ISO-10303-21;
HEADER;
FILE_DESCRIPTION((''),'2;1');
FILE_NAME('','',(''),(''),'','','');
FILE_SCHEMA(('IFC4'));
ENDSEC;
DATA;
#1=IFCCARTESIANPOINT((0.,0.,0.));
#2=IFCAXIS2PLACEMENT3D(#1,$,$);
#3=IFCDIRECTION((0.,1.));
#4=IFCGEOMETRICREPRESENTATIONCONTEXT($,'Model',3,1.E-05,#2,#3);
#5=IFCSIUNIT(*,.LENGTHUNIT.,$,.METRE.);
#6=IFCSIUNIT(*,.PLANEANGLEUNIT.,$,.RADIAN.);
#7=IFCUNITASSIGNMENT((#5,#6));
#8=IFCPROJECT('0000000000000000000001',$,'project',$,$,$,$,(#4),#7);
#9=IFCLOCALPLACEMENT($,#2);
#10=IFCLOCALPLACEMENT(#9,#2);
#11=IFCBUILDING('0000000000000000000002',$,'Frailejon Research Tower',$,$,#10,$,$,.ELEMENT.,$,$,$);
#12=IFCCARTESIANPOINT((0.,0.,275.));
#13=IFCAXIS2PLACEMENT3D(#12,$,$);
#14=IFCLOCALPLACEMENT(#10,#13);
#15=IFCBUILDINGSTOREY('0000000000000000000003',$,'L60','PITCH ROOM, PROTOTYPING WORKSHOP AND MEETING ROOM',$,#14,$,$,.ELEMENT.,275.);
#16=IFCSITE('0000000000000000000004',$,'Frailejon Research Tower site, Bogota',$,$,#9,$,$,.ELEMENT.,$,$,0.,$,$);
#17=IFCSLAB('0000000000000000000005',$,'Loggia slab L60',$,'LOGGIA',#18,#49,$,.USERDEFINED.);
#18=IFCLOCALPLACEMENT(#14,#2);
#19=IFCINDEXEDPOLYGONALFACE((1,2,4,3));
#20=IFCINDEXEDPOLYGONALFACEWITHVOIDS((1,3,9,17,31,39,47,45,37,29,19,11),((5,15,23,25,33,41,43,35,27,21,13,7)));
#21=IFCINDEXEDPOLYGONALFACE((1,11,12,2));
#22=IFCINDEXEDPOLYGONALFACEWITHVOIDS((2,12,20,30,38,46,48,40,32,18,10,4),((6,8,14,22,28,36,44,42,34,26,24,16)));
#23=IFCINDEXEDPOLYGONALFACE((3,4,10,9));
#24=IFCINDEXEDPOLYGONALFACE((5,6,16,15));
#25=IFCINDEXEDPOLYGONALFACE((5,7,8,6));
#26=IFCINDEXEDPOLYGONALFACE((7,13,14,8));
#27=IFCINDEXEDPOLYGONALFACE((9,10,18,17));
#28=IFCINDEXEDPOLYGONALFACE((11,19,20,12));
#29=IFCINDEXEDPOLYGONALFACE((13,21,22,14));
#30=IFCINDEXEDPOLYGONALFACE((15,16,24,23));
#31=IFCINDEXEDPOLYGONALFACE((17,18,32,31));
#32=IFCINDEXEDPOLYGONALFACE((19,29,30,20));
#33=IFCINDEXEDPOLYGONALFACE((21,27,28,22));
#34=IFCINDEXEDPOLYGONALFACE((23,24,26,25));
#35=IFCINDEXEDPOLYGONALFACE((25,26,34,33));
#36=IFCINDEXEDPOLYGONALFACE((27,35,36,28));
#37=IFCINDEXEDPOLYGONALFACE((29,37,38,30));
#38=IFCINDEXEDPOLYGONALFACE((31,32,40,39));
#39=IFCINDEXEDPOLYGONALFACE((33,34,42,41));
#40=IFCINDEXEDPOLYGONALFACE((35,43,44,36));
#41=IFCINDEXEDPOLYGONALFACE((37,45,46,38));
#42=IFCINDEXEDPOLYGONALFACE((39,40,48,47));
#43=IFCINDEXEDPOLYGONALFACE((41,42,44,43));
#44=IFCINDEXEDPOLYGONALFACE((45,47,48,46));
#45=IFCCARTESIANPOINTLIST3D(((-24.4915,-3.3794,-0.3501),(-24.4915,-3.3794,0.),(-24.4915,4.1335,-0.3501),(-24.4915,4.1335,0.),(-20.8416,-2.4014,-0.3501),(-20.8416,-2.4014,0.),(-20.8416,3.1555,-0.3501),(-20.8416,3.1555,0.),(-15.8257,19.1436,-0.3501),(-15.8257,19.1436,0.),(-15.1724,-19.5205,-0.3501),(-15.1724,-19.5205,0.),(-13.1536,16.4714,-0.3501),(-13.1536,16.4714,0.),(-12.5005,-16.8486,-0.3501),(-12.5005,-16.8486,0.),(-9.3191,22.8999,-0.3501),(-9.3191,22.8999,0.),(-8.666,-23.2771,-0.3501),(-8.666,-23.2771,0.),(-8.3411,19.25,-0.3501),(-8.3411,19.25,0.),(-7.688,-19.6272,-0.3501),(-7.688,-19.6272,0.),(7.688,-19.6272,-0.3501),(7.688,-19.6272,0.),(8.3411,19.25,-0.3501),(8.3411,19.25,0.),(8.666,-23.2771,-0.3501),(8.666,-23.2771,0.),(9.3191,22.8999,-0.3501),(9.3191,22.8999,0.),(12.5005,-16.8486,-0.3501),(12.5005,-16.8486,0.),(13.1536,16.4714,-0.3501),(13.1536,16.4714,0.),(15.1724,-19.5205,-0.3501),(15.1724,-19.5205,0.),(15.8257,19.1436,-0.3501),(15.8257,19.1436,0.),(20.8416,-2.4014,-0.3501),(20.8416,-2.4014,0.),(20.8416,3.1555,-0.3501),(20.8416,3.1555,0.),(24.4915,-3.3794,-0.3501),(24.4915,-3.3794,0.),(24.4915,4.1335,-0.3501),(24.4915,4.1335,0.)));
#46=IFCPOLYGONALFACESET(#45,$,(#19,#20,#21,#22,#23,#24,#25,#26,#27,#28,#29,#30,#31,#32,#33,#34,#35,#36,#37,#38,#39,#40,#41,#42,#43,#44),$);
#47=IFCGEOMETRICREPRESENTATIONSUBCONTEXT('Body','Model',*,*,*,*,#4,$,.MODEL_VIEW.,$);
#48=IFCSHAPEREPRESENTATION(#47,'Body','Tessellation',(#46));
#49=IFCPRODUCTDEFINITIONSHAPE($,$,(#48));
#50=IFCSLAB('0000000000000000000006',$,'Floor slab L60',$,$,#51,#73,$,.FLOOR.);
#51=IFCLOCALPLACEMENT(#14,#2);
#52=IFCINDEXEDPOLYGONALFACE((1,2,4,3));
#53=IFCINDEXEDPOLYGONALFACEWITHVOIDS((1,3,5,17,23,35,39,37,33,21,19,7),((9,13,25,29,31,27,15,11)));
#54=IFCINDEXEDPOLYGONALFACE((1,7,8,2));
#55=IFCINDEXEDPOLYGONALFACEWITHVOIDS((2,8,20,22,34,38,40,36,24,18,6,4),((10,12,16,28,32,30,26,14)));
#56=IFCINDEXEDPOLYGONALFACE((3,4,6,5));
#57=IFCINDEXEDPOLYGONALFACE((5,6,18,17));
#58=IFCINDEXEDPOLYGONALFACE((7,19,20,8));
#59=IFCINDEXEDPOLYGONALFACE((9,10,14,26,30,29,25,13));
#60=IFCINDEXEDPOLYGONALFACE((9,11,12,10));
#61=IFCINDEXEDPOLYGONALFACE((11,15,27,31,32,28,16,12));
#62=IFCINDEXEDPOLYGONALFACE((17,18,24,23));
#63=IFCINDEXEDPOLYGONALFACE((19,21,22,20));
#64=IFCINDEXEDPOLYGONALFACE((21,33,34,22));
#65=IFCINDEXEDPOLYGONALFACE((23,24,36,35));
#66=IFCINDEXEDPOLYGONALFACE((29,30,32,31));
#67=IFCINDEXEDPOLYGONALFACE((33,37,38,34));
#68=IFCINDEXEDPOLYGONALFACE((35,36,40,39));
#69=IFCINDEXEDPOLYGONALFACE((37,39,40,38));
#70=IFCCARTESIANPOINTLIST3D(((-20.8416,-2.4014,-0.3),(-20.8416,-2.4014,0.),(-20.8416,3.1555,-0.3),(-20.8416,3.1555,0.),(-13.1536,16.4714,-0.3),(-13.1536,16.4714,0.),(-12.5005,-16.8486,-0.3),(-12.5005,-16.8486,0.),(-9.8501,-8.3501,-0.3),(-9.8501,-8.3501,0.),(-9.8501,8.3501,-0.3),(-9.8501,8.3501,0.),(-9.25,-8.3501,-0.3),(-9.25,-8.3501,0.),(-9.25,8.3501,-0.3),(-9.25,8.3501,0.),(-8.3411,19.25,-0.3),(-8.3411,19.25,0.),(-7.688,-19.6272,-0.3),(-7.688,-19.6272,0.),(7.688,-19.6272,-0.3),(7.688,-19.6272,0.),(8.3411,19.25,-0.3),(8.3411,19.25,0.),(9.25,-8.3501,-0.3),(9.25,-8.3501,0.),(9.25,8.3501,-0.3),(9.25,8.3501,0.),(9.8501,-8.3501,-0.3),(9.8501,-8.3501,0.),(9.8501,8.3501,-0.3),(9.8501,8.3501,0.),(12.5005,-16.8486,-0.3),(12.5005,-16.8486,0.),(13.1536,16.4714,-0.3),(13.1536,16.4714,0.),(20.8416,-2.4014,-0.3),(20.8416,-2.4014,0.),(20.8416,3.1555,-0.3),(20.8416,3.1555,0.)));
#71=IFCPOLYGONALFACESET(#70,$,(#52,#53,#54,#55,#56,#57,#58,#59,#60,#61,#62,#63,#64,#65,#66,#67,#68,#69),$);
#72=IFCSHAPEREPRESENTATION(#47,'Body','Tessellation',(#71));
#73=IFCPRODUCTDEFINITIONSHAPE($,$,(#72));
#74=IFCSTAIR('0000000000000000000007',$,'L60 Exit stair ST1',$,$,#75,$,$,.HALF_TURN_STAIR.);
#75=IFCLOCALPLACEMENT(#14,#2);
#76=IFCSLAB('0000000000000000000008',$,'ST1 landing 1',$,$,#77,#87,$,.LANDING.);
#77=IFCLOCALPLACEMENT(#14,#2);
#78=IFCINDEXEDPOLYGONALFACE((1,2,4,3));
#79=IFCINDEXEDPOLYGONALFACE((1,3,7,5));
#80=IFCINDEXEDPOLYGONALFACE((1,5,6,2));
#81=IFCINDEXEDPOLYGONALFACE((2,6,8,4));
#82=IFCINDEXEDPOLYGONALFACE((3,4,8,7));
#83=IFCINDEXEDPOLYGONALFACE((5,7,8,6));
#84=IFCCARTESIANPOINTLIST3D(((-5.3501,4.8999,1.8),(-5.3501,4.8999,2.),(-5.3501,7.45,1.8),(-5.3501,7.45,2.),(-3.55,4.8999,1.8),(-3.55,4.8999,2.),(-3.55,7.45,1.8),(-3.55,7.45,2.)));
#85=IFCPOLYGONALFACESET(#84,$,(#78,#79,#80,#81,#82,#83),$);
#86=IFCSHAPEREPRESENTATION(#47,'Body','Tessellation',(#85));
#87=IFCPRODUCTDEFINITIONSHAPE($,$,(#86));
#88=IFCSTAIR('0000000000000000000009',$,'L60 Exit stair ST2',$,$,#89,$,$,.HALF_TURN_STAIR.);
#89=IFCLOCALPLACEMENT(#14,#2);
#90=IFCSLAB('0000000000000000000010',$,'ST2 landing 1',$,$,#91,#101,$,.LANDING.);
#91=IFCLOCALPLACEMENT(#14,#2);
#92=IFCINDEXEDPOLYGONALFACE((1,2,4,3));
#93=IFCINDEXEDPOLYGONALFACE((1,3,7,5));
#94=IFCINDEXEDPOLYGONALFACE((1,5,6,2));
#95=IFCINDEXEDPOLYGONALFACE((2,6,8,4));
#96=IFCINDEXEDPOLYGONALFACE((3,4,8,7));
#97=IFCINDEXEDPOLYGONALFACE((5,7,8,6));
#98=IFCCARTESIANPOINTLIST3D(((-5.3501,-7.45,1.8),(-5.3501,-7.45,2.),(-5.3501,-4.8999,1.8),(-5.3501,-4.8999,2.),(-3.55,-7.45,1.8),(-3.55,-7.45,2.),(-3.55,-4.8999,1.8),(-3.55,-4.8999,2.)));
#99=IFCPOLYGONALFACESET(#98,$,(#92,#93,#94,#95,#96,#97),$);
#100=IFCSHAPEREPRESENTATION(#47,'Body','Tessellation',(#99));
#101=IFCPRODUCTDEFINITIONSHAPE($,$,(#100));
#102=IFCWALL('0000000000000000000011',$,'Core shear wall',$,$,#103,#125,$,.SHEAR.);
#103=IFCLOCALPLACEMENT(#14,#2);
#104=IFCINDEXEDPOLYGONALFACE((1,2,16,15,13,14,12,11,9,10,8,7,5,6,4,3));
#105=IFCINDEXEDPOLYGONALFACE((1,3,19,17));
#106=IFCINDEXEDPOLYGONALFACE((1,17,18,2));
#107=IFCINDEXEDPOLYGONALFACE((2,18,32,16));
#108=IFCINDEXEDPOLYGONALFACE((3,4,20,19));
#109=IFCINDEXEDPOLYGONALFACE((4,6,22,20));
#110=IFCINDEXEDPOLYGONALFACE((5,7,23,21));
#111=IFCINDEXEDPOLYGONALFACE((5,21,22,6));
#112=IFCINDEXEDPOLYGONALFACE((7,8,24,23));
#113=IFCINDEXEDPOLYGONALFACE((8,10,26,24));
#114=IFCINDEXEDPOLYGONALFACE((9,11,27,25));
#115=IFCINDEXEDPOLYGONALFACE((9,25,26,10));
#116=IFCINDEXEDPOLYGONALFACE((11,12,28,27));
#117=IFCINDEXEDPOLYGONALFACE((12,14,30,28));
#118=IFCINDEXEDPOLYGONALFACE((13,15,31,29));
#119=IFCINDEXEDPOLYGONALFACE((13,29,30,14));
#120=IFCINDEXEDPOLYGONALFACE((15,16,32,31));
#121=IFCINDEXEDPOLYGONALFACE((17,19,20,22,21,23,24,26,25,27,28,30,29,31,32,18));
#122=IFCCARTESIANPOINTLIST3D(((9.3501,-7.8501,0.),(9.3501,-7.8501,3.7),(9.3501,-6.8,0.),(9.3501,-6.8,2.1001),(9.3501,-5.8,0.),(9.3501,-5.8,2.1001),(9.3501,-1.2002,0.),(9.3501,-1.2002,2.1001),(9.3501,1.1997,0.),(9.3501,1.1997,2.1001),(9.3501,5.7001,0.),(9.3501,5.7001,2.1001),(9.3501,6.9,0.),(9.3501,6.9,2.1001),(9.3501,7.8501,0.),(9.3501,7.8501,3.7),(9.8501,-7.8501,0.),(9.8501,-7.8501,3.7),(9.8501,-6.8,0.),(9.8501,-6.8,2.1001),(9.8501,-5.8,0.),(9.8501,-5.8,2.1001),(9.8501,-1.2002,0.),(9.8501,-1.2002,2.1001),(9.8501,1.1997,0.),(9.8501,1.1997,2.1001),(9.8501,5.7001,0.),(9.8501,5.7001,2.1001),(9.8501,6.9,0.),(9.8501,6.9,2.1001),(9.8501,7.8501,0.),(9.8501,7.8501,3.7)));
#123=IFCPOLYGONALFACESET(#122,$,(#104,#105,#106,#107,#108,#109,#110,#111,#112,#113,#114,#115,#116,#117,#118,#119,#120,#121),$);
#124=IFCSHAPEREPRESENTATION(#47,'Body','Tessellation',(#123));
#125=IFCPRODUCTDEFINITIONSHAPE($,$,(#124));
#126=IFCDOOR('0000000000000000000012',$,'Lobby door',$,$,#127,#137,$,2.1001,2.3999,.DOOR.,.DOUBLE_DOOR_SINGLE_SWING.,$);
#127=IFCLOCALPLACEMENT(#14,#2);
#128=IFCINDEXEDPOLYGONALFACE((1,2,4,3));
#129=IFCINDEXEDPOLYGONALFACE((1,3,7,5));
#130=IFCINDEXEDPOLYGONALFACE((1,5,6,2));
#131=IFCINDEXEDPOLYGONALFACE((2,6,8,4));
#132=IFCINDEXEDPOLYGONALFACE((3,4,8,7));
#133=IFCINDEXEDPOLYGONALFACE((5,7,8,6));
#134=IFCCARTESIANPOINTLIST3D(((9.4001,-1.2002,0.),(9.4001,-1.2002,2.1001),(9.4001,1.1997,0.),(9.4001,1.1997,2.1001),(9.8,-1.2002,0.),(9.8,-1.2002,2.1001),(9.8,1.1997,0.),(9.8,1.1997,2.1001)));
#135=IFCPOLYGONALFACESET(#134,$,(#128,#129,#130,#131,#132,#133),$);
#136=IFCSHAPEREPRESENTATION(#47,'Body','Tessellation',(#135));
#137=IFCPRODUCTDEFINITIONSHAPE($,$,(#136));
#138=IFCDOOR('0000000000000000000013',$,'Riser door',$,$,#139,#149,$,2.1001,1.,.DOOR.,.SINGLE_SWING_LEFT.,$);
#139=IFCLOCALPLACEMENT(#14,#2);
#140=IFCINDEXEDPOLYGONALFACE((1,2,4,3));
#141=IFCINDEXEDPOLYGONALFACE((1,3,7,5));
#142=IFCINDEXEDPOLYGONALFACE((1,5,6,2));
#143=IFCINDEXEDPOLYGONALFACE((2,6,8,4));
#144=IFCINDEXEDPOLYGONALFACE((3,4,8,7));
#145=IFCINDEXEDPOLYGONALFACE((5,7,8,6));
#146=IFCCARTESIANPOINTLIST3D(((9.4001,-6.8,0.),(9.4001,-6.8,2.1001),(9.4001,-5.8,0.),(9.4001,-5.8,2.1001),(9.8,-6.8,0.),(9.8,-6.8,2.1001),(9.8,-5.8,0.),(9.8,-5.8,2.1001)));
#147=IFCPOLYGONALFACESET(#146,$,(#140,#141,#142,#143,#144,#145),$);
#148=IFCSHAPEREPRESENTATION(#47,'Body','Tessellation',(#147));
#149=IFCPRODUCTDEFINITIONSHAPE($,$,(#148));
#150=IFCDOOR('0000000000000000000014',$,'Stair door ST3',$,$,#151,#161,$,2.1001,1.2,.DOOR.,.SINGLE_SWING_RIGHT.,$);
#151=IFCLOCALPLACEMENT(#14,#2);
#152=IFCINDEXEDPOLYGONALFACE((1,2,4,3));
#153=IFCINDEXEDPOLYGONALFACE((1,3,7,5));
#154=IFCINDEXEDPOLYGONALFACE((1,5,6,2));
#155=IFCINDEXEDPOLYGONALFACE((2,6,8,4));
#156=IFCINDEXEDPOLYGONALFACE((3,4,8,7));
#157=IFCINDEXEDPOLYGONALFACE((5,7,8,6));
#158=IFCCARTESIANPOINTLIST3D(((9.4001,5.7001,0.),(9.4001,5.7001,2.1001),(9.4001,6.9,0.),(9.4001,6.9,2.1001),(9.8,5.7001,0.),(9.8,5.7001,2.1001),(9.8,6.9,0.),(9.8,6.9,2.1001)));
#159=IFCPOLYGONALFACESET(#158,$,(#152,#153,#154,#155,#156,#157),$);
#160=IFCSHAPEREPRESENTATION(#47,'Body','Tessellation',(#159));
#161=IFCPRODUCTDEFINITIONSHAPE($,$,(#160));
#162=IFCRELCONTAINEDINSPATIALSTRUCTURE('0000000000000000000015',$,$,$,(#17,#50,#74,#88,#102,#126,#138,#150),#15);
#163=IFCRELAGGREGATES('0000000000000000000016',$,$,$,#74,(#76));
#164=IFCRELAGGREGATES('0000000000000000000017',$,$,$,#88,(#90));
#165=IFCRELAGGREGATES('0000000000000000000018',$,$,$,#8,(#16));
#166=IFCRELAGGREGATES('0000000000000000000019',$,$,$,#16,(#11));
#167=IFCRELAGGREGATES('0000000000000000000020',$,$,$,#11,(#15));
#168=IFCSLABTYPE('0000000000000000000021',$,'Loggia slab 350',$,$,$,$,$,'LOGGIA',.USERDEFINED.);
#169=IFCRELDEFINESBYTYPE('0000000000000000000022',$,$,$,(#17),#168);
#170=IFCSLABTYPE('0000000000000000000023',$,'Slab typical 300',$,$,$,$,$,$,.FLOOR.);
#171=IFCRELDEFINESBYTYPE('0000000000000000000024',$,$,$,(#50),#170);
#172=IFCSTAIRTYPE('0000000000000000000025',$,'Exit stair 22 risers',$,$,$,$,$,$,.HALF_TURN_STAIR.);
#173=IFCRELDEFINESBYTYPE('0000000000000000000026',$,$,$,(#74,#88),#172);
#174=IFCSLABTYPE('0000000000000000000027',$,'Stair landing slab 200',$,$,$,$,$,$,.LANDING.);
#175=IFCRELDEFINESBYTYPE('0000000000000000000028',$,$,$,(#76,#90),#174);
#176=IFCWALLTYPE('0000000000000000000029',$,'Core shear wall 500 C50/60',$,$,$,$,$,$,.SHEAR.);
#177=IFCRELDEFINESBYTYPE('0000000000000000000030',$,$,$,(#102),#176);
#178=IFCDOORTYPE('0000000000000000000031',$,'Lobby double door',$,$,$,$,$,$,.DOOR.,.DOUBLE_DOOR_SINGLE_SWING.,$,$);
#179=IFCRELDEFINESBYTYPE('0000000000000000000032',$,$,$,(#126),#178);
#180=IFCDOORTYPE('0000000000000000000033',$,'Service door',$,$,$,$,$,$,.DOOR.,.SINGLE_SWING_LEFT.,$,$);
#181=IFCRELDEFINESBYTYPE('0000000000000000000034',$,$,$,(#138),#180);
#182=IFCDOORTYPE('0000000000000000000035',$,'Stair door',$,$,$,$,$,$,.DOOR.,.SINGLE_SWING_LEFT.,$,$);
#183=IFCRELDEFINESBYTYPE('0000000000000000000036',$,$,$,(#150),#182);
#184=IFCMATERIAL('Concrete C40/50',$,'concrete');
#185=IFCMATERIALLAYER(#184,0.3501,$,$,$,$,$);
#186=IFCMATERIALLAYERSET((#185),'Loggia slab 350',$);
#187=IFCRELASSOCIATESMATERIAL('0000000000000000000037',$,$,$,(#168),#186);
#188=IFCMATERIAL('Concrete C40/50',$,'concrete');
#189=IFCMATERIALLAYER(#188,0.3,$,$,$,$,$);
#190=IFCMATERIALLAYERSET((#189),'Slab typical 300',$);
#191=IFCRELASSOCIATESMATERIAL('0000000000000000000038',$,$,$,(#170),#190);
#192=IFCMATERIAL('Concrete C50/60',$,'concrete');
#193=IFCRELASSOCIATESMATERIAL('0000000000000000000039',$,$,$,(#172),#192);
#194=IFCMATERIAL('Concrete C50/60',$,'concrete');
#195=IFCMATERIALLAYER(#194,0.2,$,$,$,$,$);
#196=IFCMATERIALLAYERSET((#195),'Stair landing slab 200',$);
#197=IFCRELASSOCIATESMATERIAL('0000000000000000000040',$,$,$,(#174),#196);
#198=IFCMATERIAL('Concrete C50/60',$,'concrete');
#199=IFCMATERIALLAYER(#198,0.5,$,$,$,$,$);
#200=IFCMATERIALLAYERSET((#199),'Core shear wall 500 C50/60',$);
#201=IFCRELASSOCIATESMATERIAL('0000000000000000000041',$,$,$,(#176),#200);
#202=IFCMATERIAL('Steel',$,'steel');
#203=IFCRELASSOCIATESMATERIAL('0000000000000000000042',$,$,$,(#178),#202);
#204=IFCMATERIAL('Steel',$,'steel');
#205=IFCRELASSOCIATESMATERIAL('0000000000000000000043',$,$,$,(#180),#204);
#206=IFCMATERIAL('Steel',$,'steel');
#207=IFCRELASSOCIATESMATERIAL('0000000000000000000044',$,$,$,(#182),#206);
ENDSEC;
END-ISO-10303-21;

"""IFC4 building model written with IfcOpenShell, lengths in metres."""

from ifc_helpers import new_model, si_unit, direction, frame, frame_2d, origin, place, context, subcontext, project, spatial, polyline, rectangle, outline, extrude, material, layer, layer_set, type_object, element, fill, aggregate, save


model = new_model("IFC4")

# Units and contexts
model_context = context("Model", 3, precision=1e-05, world=origin(), true_north=direction((0.0, 1.0)))
body_context = subcontext(model_context, "Body", "Model", "MODEL_VIEW")
ifc_project = project(units=[si_unit("LENGTHUNIT", "METRE"), si_unit("PLANEANGLEUNIT", "RADIAN")], contexts=[model_context])

# Site, building, storey
site_placement = place(None, origin())
site = spatial("IfcSite", under=ifc_project, at=site_placement, Name="Frailejon Research Tower site, Bogota", CompositionType="ELEMENT", RefElevation=0.0)
building_placement = place(site_placement, origin())
building = spatial("IfcBuilding", under=site, at=building_placement, Name="Frailejon Research Tower", CompositionType="ELEMENT")
storey_placement = place(building_placement, frame((0.0, 0.0, 275.0)))
storey = spatial("IfcBuildingStorey", under=building, at=storey_placement, Name="L60", Description="PITCH ROOM, PROTOTYPING WORKSHOP AND MEETING ROOM", CompositionType="ELEMENT", Elevation=275.0)

# Slabs
ifc_material_1 = material(Name="Concrete C40/50", Category="concrete")
ifc_layer_1 = layer(ifc_material_1, 0.3501)
ifc_layer_set_1 = layer_set([ifc_layer_1], Name="Loggia slab 350")
slab_type_1 = type_object("IfcSlabType", Name="Loggia slab 350", ElementType="LOGGIA", PredefinedType="USERDEFINED", material=ifc_layer_set_1)
slab_1_placement = place(storey_placement, frame((0.0, 0.0, -0.3501)))
element("IfcSlab", 1, at=slab_1_placement, inside=storey, type_object=slab_type_1, Name="Loggia slab L60", ObjectType="LOGGIA", PredefinedType="USERDEFINED", context=body_context, shape_type="SweptSolid", body=[
    extrude(outline(polyline([(15.1724, -19.5205), (8.666, -23.2771), (-8.666, -23.2771), (-15.1724, -19.5205), (-24.4915, -3.3794), (-24.4915, 4.1335), (-15.8257, 19.1436), (-9.3191, 22.8999), (9.3191, 22.8999), (15.8257, 19.1436), (24.4915, 4.1335), (24.4915, -3.3794), (15.1724, -19.5205)]), holes=[polyline([(20.8416, 3.1555), (13.1536, 16.4714), (8.3411, 19.25), (-8.3411, 19.25), (-13.1536, 16.4714), (-20.8416, 3.1555), (-20.8416, -2.4014), (-12.5005, -16.8486), (-7.688, -19.6272), (7.688, -19.6272), (12.5005, -16.8486), (20.8416, -2.4014), (20.8416, 3.1555)])]), origin(), (0.0, 0.0, 1.0), 0.3501),
])
ifc_material_2 = material(Name="Concrete C40/50", Category="concrete")
ifc_layer_2 = layer(ifc_material_2, 0.3)
ifc_layer_set_2 = layer_set([ifc_layer_2], Name="Slab typical 300")
slab_type_2 = type_object("IfcSlabType", Name="Slab typical 300", PredefinedType="FLOOR", material=ifc_layer_set_2)
slab_2_placement = place(storey_placement, frame((0.0, 0.0, -0.3)))
element("IfcSlab", 2, at=slab_2_placement, inside=storey, type_object=slab_type_2, Name="Floor slab L60", PredefinedType="FLOOR", context=body_context, shape_type="SweptSolid", body=[
    extrude(outline(polyline([(20.8416, -2.4014), (20.8416, 3.1555), (13.1536, 16.4714), (8.3411, 19.25), (-8.3411, 19.25), (-13.1536, 16.4714), (-20.8416, 3.1555), (-20.8416, -2.4014), (-12.5005, -16.8486), (-7.688, -19.6272), (7.688, -19.6272), (12.5005, -16.8486), (20.8416, -2.4014)]), holes=[polyline([(9.25, 8.3501), (9.8501, 8.3501), (9.8501, -8.3501), (9.25, -8.3501), (-9.25, -8.3501), (-9.8501, -8.3501), (-9.8501, 8.3501), (-9.25, 8.3501), (9.25, 8.3501)])]), origin(), (0.0, 0.0, 1.0), 0.3),
])

# Stairs, slabs
ifc_material_3 = material(Name="Concrete C50/60", Category="concrete")
stair_type = type_object("IfcStairType", Name="Exit stair 22 risers", PredefinedType="HALF_TURN_STAIR", material=ifc_material_3)
stair_1_placement = place(storey_placement, origin())
stair_1 = element("IfcStair", 3, at=stair_1_placement, inside=storey, type_object=stair_type, Name="L60 Exit stair ST1", PredefinedType="HALF_TURN_STAIR")
ifc_material_4 = material(Name="Concrete C50/60", Category="concrete")
ifc_layer_3 = layer(ifc_material_4, 0.2)
ifc_layer_set_3 = layer_set([ifc_layer_3], Name="Stair landing slab 200")
slab_type_3 = type_object("IfcSlabType", Name="Stair landing slab 200", PredefinedType="LANDING", material=ifc_layer_set_3)
slab_3_placement = place(storey_placement, frame((0.0, 0.0, 1.8)))
slab_3 = element("IfcSlab", 4, at=slab_3_placement, type_object=slab_type_3, Name="ST1 landing 1", PredefinedType="LANDING", context=body_context, shape_type="SweptSolid", body=[
    extrude(outline(polyline([(-5.3501, 4.8999), (-3.55, 4.8999), (-3.55, 7.45), (-5.3501, 7.45), (-5.3501, 4.8999)])), origin(), (0.0, 0.0, 1.0), 0.2),
])
aggregate(stair_1, [slab_3])
stair_2_placement = place(storey_placement, origin())
stair_2 = element("IfcStair", 5, at=stair_2_placement, inside=storey, type_object=stair_type, Name="L60 Exit stair ST2", PredefinedType="HALF_TURN_STAIR")
slab_4_placement = place(storey_placement, frame((0.0, 0.0, 1.8)))
slab_4 = element("IfcSlab", 6, at=slab_4_placement, type_object=slab_type_3, Name="ST2 landing 1", PredefinedType="LANDING", context=body_context, shape_type="SweptSolid", body=[
    extrude(outline(polyline([(-5.3501, -7.45), (-3.55, -7.45), (-3.55, -4.8999), (-5.3501, -4.8999), (-5.3501, -7.45)])), origin(), (0.0, 0.0, 1.0), 0.2),
])
aggregate(stair_2, [slab_4])

# Wall, openings, doors
ifc_material_5 = material(Name="Concrete C50/60", Category="concrete")
ifc_layer_4 = layer(ifc_material_5, 0.5)
ifc_layer_set_4 = layer_set([ifc_layer_4], Name="Core shear wall 500 C50/60")
wall_type_1 = type_object("IfcWallType", Name="Core shear wall 500 C50/60", PredefinedType="SHEAR", material=ifc_layer_set_4)
wall_1_placement = place(storey_placement, frame((9.6001, -7.8501, 0.0), z_axis=(0.0, 0.0, 1.0), x_axis=(0.0, 1.0, 0.0)))
wall_1 = element("IfcWall", 7, at=wall_1_placement, inside=storey, type_object=wall_type_1, Name="Core shear wall", PredefinedType="SHEAR", context=body_context, shape_type="SweptSolid", body=[
    extrude(rectangle(XDim=15.7002, YDim=0.5, at=frame_2d((7.8501, 0.0))), origin(), (0.0, 0.0, 1.0), 3.7),
])
opening_1_placement = place(wall_1_placement, frame((6.6499, 0.0, 0.0)))
opening_1 = element("IfcOpeningElement", 8, at=opening_1_placement, cuts=wall_1, PredefinedType="OPENING", context=body_context, shape_type="SweptSolid", body=[
    extrude(rectangle(XDim=2.3999, YDim=2.1001, at=frame_2d((1.2, 1.05))), frame((0.0, 0.26, 0.0), z_axis=(0.0, -1.0, 0.0), x_axis=(1.0, 0.0, 0.0)), (0.0, 0.0, 1.0), 0.52),
])
opening_2_placement = place(wall_1_placement, frame((13.55, 0.0, 0.0)))
opening_2 = element("IfcOpeningElement", 9, at=opening_2_placement, cuts=wall_1, PredefinedType="OPENING", context=body_context, shape_type="SweptSolid", body=[
    extrude(rectangle(XDim=1.2, YDim=2.1001, at=frame_2d((0.6001, 1.05))), frame((0.0, 0.26, 0.0), z_axis=(0.0, -1.0, 0.0), x_axis=(1.0, 0.0, 0.0)), (0.0, 0.0, 1.0), 0.52),
])
opening_3_placement = place(wall_1_placement, frame((1.05, 0.0, 0.0)))
opening_3 = element("IfcOpeningElement", 10, at=opening_3_placement, cuts=wall_1, PredefinedType="OPENING", context=body_context, shape_type="SweptSolid", body=[
    extrude(rectangle(XDim=1.0, YDim=2.1001, at=frame_2d((0.5, 1.05))), frame((0.0, 0.26, 0.0), z_axis=(0.0, -1.0, 0.0), x_axis=(1.0, 0.0, 0.0)), (0.0, 0.0, 1.0), 0.52),
])
ifc_material_6 = material(Name="Steel", Category="steel")
door_type_1 = type_object("IfcDoorType", Name="Lobby double door", OperationType="DOUBLE_DOOR_SINGLE_SWING", PredefinedType="DOOR", material=ifc_material_6)
door_1_placement = place(opening_1_placement, origin())
door_1 = element("IfcDoor", 11, at=door_1_placement, inside=storey, type_object=door_type_1, Name="Lobby door", OperationType="DOUBLE_DOOR_SINGLE_SWING", OverallHeight=2.1001, OverallWidth=2.3999, PredefinedType="DOOR", context=body_context, shape_type="SweptSolid", body=[
    extrude(rectangle(XDim=2.3999, YDim=2.1001, at=frame_2d((1.2, 1.05))), frame((0.0, 0.2, 0.0), z_axis=(0.0, -1.0, 0.0), x_axis=(1.0, 0.0, 0.0)), (0.0, 0.0, 1.0), 0.3999),
])
fill(opening_1, door_1)
ifc_material_7 = material(Name="Steel", Category="steel")
door_type_2 = type_object("IfcDoorType", Name="Service door", OperationType="SINGLE_SWING_LEFT", PredefinedType="DOOR", material=ifc_material_7)
door_2_placement = place(opening_3_placement, origin())
door_2 = element("IfcDoor", 12, at=door_2_placement, inside=storey, type_object=door_type_2, Name="Riser door", OperationType="SINGLE_SWING_LEFT", OverallHeight=2.1001, OverallWidth=1.0, PredefinedType="DOOR", context=body_context, shape_type="SweptSolid", body=[
    extrude(rectangle(XDim=1.0, YDim=2.1001, at=frame_2d((0.5, 1.05))), frame((0.0, 0.2, 0.0), z_axis=(0.0, -1.0, 0.0), x_axis=(1.0, 0.0, 0.0)), (0.0, 0.0, 1.0), 0.3999),
])
fill(opening_3, door_2)
ifc_material_8 = material(Name="Steel", Category="steel")
door_type_3 = type_object("IfcDoorType", Name="Stair door", OperationType="SINGLE_SWING_LEFT", PredefinedType="DOOR", material=ifc_material_8)
door_3_placement = place(opening_2_placement, origin())
door_3 = element("IfcDoor", 13, at=door_3_placement, inside=storey, type_object=door_type_3, Name="Stair door ST3", OperationType="SINGLE_SWING_RIGHT", OverallHeight=2.1001, OverallWidth=1.2, PredefinedType="DOOR", context=body_context, shape_type="SweptSolid", body=[
    extrude(rectangle(XDim=1.2, YDim=2.1001, at=frame_2d((0.6001, 1.05))), frame((0.0, 0.2, 0.0), z_axis=(0.0, -1.0, 0.0), x_axis=(1.0, 0.0, 0.0)), (0.0, 0.0, 1.0), 0.3999),
])
fill(opening_2, door_3)

save(model, "model.ifc")
